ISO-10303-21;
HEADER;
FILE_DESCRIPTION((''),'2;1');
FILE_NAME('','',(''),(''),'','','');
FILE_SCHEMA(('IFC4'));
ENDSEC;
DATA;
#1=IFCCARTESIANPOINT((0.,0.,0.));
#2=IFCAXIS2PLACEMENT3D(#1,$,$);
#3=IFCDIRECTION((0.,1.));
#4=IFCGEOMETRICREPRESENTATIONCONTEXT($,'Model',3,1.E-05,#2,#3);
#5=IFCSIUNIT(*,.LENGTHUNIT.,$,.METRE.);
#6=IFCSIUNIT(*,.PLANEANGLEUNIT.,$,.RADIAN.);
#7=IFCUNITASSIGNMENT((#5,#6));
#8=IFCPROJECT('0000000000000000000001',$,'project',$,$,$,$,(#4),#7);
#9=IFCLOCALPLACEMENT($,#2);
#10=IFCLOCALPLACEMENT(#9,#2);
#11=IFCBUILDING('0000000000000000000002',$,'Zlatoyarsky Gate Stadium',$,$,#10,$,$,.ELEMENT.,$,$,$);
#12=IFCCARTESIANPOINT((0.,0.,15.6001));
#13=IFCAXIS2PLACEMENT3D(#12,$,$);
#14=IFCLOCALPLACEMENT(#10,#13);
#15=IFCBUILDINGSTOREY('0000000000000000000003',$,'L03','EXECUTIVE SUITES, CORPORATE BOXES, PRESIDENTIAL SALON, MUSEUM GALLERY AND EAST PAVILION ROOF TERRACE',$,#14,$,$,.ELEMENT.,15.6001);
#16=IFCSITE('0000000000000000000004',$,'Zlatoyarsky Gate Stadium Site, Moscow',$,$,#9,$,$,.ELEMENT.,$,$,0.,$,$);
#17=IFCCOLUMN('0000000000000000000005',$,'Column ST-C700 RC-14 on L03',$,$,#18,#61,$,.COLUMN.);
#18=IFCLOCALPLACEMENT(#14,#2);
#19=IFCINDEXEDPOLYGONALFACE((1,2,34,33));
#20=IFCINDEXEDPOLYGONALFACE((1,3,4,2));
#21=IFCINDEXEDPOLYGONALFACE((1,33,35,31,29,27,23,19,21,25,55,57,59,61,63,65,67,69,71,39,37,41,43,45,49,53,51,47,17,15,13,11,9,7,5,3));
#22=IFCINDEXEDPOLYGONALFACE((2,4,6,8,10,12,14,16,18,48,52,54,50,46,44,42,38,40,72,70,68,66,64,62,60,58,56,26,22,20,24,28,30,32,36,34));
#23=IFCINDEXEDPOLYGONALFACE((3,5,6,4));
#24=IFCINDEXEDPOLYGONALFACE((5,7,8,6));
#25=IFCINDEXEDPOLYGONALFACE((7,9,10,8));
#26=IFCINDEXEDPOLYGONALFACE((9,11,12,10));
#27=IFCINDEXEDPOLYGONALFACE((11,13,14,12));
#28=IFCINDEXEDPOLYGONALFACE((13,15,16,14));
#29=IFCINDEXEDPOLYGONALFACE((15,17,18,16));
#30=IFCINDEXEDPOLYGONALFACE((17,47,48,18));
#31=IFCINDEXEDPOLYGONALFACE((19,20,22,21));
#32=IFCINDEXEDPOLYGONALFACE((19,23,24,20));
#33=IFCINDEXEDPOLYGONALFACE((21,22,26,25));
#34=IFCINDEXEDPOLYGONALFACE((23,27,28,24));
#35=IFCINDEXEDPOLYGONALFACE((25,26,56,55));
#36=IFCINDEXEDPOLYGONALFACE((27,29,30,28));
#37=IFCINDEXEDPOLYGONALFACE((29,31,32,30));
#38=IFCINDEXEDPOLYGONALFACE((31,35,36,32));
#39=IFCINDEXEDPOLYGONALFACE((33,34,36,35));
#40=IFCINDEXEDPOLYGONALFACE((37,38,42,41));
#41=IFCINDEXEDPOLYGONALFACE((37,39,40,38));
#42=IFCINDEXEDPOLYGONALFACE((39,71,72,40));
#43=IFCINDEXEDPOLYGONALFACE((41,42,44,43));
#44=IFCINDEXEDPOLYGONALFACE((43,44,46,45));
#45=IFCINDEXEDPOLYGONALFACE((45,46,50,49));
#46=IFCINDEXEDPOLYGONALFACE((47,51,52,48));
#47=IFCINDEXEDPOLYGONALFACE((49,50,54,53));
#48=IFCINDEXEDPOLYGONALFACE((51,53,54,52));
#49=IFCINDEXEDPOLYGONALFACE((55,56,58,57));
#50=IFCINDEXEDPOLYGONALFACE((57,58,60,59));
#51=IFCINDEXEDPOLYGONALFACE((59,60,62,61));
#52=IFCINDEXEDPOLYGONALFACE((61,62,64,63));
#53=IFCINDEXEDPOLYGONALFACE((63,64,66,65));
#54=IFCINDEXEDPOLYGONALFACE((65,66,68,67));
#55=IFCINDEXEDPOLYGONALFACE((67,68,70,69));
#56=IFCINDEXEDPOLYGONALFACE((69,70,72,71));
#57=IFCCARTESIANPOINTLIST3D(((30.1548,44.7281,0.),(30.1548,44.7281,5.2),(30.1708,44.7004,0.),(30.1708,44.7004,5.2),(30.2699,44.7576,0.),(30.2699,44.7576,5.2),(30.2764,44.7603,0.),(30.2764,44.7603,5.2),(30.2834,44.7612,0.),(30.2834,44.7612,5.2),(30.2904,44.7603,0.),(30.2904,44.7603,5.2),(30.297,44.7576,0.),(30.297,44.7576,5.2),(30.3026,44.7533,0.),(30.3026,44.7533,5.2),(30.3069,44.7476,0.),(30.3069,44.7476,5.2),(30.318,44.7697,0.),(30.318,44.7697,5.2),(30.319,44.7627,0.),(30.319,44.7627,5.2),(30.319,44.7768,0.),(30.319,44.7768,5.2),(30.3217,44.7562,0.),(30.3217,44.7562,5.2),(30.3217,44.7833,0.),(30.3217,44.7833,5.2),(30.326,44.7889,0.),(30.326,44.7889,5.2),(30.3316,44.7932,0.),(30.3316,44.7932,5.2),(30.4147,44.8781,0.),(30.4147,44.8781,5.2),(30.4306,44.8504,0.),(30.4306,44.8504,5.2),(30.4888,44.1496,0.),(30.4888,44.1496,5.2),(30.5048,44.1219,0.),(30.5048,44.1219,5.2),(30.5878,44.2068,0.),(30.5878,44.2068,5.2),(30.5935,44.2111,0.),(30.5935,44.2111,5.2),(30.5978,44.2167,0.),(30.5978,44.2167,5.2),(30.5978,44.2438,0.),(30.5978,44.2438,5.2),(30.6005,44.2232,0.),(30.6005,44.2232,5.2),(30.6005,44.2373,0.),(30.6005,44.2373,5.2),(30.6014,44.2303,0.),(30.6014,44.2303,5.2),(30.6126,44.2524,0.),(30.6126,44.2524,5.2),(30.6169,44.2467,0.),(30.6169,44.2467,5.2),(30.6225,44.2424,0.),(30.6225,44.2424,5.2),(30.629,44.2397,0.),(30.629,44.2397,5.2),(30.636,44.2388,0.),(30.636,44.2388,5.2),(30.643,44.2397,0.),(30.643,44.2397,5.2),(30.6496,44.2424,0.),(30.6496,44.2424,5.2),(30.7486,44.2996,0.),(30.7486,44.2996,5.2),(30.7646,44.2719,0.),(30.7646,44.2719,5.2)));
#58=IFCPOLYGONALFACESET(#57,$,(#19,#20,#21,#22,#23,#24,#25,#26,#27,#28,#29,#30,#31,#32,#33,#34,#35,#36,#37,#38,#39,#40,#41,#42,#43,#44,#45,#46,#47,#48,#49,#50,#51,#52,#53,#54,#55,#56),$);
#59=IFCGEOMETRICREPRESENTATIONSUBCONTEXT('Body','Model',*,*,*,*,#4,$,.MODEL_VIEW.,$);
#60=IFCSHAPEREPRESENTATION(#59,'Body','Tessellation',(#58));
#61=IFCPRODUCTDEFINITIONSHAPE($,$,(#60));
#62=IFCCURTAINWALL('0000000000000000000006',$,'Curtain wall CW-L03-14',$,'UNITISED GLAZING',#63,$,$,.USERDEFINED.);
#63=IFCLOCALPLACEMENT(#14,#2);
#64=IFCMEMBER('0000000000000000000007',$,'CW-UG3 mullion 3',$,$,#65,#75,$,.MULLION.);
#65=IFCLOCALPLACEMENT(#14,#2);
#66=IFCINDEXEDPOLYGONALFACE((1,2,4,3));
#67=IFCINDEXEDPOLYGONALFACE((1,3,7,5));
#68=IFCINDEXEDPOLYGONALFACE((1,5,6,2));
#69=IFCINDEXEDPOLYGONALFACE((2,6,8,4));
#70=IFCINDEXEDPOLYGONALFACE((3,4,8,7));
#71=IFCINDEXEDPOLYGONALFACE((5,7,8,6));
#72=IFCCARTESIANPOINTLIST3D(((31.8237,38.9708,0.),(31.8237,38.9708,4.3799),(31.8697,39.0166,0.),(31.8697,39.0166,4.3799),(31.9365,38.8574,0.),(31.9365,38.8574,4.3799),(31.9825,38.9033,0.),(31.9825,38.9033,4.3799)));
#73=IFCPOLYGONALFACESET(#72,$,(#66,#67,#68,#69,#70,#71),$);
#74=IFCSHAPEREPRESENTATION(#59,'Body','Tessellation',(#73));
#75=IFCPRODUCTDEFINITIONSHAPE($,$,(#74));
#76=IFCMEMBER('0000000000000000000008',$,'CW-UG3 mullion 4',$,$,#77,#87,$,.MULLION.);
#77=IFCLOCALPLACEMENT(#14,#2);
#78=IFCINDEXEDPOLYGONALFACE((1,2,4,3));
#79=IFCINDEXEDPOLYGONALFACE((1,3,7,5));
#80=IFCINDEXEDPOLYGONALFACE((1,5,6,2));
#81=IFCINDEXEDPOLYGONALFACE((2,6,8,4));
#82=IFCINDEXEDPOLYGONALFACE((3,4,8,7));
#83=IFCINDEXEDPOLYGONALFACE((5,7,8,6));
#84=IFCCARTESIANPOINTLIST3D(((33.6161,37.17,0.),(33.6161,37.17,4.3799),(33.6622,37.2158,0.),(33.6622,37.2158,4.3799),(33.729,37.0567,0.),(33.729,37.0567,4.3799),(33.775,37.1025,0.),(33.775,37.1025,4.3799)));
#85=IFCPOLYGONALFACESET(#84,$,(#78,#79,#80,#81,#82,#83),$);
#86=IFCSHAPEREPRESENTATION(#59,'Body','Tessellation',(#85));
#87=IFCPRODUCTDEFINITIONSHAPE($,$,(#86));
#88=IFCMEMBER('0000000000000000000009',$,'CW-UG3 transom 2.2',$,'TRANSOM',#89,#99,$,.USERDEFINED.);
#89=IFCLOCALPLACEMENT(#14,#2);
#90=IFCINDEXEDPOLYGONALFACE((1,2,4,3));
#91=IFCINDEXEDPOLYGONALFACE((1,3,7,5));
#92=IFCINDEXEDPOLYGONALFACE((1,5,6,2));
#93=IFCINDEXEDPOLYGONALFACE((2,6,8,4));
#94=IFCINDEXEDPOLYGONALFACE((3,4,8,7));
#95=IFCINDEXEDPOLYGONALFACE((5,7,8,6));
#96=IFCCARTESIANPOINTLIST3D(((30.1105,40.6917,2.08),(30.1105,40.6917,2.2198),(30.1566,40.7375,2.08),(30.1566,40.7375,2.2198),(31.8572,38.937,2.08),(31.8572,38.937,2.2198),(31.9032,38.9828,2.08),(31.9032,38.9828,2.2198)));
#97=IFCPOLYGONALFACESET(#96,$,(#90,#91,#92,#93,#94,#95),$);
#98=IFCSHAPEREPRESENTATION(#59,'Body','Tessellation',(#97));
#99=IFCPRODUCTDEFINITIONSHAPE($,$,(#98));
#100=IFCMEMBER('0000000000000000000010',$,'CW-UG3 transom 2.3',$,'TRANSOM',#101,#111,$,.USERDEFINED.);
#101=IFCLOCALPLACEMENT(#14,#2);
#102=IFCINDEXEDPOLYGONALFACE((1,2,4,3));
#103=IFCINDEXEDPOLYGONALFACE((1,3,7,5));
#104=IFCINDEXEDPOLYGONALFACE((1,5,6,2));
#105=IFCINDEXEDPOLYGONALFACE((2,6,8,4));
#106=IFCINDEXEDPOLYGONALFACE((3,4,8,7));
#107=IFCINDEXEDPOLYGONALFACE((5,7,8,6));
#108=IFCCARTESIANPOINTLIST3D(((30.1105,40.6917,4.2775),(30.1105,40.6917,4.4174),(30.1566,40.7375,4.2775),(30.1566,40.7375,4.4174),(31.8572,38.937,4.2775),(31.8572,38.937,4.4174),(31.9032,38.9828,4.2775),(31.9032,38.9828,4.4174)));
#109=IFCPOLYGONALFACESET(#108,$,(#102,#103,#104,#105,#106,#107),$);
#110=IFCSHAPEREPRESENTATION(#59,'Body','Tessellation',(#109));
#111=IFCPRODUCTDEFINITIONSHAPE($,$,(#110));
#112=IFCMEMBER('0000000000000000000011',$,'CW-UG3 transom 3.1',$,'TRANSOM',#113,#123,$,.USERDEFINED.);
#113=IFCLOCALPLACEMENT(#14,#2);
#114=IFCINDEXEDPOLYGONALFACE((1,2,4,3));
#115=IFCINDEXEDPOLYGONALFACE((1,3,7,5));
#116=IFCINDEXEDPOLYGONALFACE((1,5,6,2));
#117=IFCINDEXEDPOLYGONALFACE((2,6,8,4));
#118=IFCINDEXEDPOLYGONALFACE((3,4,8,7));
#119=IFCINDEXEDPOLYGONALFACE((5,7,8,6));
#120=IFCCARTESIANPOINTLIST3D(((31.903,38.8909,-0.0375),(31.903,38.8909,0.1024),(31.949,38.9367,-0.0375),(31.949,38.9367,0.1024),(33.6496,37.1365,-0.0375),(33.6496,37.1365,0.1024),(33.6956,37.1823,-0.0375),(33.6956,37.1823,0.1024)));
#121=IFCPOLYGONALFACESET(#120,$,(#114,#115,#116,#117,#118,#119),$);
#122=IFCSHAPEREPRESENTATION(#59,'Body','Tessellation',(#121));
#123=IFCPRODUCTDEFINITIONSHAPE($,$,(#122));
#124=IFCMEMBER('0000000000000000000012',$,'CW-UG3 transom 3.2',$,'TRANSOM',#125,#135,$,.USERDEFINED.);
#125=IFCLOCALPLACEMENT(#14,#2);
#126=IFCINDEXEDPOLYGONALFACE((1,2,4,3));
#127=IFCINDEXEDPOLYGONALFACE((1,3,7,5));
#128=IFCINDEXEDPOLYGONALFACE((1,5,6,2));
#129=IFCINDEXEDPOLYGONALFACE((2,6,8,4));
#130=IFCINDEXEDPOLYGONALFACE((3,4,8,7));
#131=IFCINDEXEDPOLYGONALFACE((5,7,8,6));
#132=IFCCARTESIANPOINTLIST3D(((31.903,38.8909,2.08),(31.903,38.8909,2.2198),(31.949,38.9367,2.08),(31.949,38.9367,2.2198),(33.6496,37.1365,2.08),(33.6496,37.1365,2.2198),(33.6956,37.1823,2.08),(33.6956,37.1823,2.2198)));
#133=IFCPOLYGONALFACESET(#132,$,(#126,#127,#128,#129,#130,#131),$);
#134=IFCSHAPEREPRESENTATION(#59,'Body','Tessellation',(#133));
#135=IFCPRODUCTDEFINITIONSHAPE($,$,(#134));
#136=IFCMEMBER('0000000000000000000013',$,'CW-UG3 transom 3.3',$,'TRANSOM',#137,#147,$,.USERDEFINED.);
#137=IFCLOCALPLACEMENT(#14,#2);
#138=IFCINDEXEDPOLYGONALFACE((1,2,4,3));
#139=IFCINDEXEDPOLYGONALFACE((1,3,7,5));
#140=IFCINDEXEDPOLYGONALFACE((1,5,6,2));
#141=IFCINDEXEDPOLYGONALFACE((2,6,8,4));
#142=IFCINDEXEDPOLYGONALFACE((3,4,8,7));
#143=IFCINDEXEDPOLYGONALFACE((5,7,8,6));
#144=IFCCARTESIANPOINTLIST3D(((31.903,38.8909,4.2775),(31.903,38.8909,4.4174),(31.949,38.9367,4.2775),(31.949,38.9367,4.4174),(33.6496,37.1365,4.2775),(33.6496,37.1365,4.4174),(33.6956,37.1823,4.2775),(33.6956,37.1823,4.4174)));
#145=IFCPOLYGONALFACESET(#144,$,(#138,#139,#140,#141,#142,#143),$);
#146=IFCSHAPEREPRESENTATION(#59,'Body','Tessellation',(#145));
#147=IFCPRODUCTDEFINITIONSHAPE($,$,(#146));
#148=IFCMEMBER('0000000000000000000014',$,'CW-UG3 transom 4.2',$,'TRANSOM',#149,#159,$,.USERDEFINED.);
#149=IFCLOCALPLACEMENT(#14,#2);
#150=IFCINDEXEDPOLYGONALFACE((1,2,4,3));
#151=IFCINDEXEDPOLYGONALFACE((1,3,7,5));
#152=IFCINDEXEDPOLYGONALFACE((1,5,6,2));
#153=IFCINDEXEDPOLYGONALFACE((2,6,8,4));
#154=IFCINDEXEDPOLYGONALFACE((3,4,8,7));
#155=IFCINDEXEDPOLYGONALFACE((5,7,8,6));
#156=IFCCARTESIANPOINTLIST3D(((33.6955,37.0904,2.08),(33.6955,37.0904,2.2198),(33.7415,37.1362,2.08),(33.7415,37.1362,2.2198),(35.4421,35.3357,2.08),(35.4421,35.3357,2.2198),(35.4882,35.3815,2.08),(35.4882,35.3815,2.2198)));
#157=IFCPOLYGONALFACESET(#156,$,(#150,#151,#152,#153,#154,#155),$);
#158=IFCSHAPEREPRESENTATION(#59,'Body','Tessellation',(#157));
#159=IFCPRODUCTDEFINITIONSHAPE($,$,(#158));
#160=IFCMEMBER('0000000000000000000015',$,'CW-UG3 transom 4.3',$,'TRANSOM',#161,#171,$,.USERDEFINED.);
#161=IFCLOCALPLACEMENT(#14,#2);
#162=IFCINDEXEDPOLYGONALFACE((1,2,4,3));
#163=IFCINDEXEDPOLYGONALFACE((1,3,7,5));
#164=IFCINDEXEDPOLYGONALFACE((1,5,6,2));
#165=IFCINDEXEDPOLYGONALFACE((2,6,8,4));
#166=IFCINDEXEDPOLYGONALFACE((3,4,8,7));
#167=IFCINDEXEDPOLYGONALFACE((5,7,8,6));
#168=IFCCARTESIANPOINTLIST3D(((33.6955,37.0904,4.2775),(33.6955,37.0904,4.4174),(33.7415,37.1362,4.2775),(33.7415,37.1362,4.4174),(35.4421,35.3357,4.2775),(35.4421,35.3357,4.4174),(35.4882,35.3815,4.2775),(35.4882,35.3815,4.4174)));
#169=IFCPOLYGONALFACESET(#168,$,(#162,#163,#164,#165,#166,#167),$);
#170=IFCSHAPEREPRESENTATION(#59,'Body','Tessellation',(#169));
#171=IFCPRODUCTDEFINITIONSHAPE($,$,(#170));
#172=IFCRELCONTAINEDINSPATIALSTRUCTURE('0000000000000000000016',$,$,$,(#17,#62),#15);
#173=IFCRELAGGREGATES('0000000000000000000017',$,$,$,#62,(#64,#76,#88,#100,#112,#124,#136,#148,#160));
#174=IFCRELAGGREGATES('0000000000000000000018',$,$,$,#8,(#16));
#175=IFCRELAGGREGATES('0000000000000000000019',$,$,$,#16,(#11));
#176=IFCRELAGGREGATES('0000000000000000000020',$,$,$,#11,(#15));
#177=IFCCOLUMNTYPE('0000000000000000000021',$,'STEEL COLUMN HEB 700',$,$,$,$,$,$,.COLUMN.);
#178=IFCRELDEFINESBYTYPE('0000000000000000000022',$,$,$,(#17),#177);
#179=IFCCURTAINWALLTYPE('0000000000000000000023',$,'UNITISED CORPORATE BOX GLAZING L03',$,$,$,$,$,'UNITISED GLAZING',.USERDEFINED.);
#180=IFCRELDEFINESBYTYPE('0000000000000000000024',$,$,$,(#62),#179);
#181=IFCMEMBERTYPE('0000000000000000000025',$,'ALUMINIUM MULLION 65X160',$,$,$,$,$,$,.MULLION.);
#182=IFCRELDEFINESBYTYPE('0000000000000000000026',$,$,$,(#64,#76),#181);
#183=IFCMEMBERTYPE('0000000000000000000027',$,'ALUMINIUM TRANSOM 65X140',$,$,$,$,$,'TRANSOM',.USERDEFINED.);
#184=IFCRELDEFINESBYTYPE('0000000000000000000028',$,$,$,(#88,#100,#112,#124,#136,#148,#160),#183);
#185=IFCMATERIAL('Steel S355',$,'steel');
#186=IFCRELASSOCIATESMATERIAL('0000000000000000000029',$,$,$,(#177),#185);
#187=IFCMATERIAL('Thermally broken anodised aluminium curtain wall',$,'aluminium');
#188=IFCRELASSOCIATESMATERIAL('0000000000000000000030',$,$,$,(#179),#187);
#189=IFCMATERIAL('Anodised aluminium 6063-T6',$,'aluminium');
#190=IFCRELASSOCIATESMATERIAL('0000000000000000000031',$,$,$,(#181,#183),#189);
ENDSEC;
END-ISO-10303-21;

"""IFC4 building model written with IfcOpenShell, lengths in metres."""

from ifc_helpers import new_model, si_unit, direction, frame, origin, origin_2d, place, context, subcontext, project, spatial, rectangle, i_section, extrude, material, material_profile, profile_set, type_object, element, aggregate, save


model = new_model("IFC4")

# Units and contexts
model_context = context("Model", 3, precision=1e-05, world=origin(), true_north=direction((0.0, 1.0)))
body_context = subcontext(model_context, "Body", "Model", "MODEL_VIEW")
ifc_project = project(units=[si_unit("LENGTHUNIT", "METRE"), si_unit("PLANEANGLEUNIT", "RADIAN")], contexts=[model_context])

# Site, building, storey
site_placement = place(None, origin())
site = spatial("IfcSite", under=ifc_project, at=site_placement, Name="Zlatoyarsky Gate Stadium Site, Moscow", CompositionType="ELEMENT", RefElevation=0.0)
building_placement = place(site_placement, origin())
building = spatial("IfcBuilding", under=site, at=building_placement, Name="Zlatoyarsky Gate Stadium", CompositionType="ELEMENT")
storey_placement = place(building_placement, frame((0.0, 0.0, 15.6001)))
storey = spatial("IfcBuildingStorey", under=building, at=storey_placement, Name="L03", Description="EXECUTIVE SUITES, CORPORATE BOXES, PRESIDENTIAL SALON, MUSEUM GALLERY AND EAST PAVILION ROOF TERRACE", CompositionType="ELEMENT", Elevation=15.6001)

# Column
ifc_material_1 = material(Name="Steel S355", Category="steel")
ifc_material_profile_1 = material_profile(ifc_material_1, i_section(OverallWidth=0.3, OverallDepth=0.7, WebThickness=0.0171, FlangeThickness=0.032, FilletRadius=0.0271, at=origin_2d()), Name="HEB 700")
ifc_profile_set_1 = profile_set([ifc_material_profile_1], Name="Steel S355")
column_type = type_object("IfcColumnType", Name="STEEL COLUMN HEB 700", PredefinedType="COLUMN", material=ifc_profile_set_1)
column_placement = place(storey_placement, frame((30.4597, 44.5, 0.0), z_axis=(0.0, 0.0, 1.0), x_axis=(-0.866025, -0.5, 0.0)))
element("IfcColumn", 1, at=column_placement, inside=storey, type_object=column_type, Name="Column ST-C700 RC-14 on L03", PredefinedType="COLUMN", context=body_context, shape_type="SweptSolid", body=[
    extrude(i_section(OverallWidth=0.3, OverallDepth=0.7, WebThickness=0.0171, FlangeThickness=0.032, FilletRadius=0.0271, at=origin_2d()), origin(), (0.0, 0.0, 1.0), 5.2),
])

# Curtain wall, members
ifc_material_2 = material(Name="Thermally broken anodised aluminium curtain wall", Category="aluminium")
curtain_wall_type = type_object("IfcCurtainWallType", Name="UNITISED CORPORATE BOX GLAZING L03", ElementType="UNITISED GLAZING", PredefinedType="USERDEFINED", material=ifc_material_2)
curtain_wall_placement = place(storey_placement, origin())
curtain_wall = element("IfcCurtainWall", 2, at=curtain_wall_placement, inside=storey, type_object=curtain_wall_type, Name="Curtain wall CW-L03-14", ObjectType="UNITISED GLAZING", PredefinedType="USERDEFINED")
ifc_material_3 = material(Name="Anodised aluminium 6063-T6", Category="aluminium")
ifc_material_profile_2 = material_profile(ifc_material_3, rectangle(XDim=0.0649, YDim=0.1599, at=origin_2d()), Name="ALU 65X160")
ifc_profile_set_2 = profile_set([ifc_material_profile_2], Name="Anodised aluminium 6063-T6")
member_type_1 = type_object("IfcMemberType", Name="ALUMINIUM MULLION 65X160", PredefinedType="MULLION", material=ifc_profile_set_2)
member_1_placement = place(storey_placement, frame((31.9031, 38.937, 0.0), z_axis=(0.0, 0.0, 1.0), x_axis=(0.708721, 0.705489, 0.0)))
member_1 = element("IfcMember", 3, at=member_1_placement, type_object=member_type_1, Name="CW-UG3 mullion 3", PredefinedType="MULLION", context=body_context, shape_type="SweptSolid", body=[
    extrude(rectangle(XDim=0.0649, YDim=0.1599, at=origin_2d()), origin(), (0.0, 0.0, 1.0), 4.3799),
])
member_2_placement = place(storey_placement, frame((33.6956, 37.1362, 0.0), z_axis=(0.0, 0.0, 1.0), x_axis=(0.708721, 0.705489, 0.0)))
member_2 = element("IfcMember", 4, at=member_2_placement, type_object=member_type_1, Name="CW-UG3 mullion 4", PredefinedType="MULLION", context=body_context, shape_type="SweptSolid", body=[
    extrude(rectangle(XDim=0.0649, YDim=0.1599, at=origin_2d()), origin(), (0.0, 0.0, 1.0), 4.3799),
])
ifc_material_profile_3 = material_profile(ifc_material_3, rectangle(XDim=0.0649, YDim=0.1399, at=origin_2d()), Name="ALU 65X140")
ifc_profile_set_3 = profile_set([ifc_material_profile_3], Name="Anodised aluminium 6063-T6")
member_type_2 = type_object("IfcMemberType", Name="ALUMINIUM TRANSOM 65X140", ElementType="TRANSOM", PredefinedType="USERDEFINED", material=ifc_profile_set_3)
member_3_placement = place(storey_placement, frame((30.1335, 40.7146, 2.1499), z_axis=(0.705478, -0.708732, 0.0), x_axis=(0.708732, 0.705478, 0.0)))
member_3 = element("IfcMember", 5, at=member_3_placement, type_object=member_type_2, Name="CW-UG3 transom 2.2", ObjectType="TRANSOM", PredefinedType="USERDEFINED", context=body_context, shape_type="SweptSolid", body=[
    extrude(rectangle(XDim=0.0649, YDim=0.1399, at=origin_2d()), origin(), (0.0, 0.0, 1.0), 2.4758),
])
member_4_placement = place(storey_placement, frame((30.1335, 40.7146, 4.3474), z_axis=(0.705478, -0.708732, 0.0), x_axis=(0.708732, 0.705478, 0.0)))
member_4 = element("IfcMember", 6, at=member_4_placement, type_object=member_type_2, Name="CW-UG3 transom 2.3", ObjectType="TRANSOM", PredefinedType="USERDEFINED", context=body_context, shape_type="SweptSolid", body=[
    extrude(rectangle(XDim=0.0649, YDim=0.1399, at=origin_2d()), origin(), (0.0, 0.0, 1.0), 2.4758),
])
member_5_placement = place(storey_placement, frame((31.926, 38.9138, 0.0325), z_axis=(0.705527, -0.708683, 0.0), x_axis=(0.708683, 0.705527, 0.0)))
member_5 = element("IfcMember", 7, at=member_5_placement, type_object=member_type_2, Name="CW-UG3 transom 3.1", ObjectType="TRANSOM", PredefinedType="USERDEFINED", context=body_context, shape_type="SweptSolid", body=[
    extrude(rectangle(XDim=0.0649, YDim=0.1399, at=origin_2d()), origin(), (0.0, 0.0, 1.0), 2.4756),
])
member_6_placement = place(storey_placement, frame((31.926, 38.9138, 2.1499), z_axis=(0.705527, -0.708683, 0.0), x_axis=(0.708683, 0.705527, 0.0)))
member_6 = element("IfcMember", 8, at=member_6_placement, type_object=member_type_2, Name="CW-UG3 transom 3.2", ObjectType="TRANSOM", PredefinedType="USERDEFINED", context=body_context, shape_type="SweptSolid", body=[
    extrude(rectangle(XDim=0.0649, YDim=0.1399, at=origin_2d()), origin(), (0.0, 0.0, 1.0), 2.4756),
])
member_7_placement = place(storey_placement, frame((31.926, 38.9138, 4.3474), z_axis=(0.705527, -0.708683, 0.0), x_axis=(0.708683, 0.705527, 0.0)))
member_7 = element("IfcMember", 9, at=member_7_placement, type_object=member_type_2, Name="CW-UG3 transom 3.3", ObjectType="TRANSOM", PredefinedType="USERDEFINED", context=body_context, shape_type="SweptSolid", body=[
    extrude(rectangle(XDim=0.0649, YDim=0.1399, at=origin_2d()), origin(), (0.0, 0.0, 1.0), 2.4756),
])
member_8_placement = place(storey_placement, frame((33.7185, 37.1133, 2.1499), z_axis=(0.705478, -0.708732, 0.0), x_axis=(0.708732, 0.705478, 0.0)))
member_8 = element("IfcMember", 10, at=member_8_placement, type_object=member_type_2, Name="CW-UG3 transom 4.2", ObjectType="TRANSOM", PredefinedType="USERDEFINED", context=body_context, shape_type="SweptSolid", body=[
    extrude(rectangle(XDim=0.0649, YDim=0.1399, at=origin_2d()), origin(), (0.0, 0.0, 1.0), 2.4758),
])
member_9_placement = place(storey_placement, frame((33.7185, 37.1133, 4.3474), z_axis=(0.705478, -0.708732, 0.0), x_axis=(0.708732, 0.705478, 0.0)))
member_9 = element("IfcMember", 11, at=member_9_placement, type_object=member_type_2, Name="CW-UG3 transom 4.3", ObjectType="TRANSOM", PredefinedType="USERDEFINED", context=body_context, shape_type="SweptSolid", body=[
    extrude(rectangle(XDim=0.0649, YDim=0.1399, at=origin_2d()), origin(), (0.0, 0.0, 1.0), 2.4758),
])

aggregate(curtain_wall, [member_1, member_2, member_3, member_4, member_5, member_6, member_7, member_8, member_9])

save(model, "model.ifc")
